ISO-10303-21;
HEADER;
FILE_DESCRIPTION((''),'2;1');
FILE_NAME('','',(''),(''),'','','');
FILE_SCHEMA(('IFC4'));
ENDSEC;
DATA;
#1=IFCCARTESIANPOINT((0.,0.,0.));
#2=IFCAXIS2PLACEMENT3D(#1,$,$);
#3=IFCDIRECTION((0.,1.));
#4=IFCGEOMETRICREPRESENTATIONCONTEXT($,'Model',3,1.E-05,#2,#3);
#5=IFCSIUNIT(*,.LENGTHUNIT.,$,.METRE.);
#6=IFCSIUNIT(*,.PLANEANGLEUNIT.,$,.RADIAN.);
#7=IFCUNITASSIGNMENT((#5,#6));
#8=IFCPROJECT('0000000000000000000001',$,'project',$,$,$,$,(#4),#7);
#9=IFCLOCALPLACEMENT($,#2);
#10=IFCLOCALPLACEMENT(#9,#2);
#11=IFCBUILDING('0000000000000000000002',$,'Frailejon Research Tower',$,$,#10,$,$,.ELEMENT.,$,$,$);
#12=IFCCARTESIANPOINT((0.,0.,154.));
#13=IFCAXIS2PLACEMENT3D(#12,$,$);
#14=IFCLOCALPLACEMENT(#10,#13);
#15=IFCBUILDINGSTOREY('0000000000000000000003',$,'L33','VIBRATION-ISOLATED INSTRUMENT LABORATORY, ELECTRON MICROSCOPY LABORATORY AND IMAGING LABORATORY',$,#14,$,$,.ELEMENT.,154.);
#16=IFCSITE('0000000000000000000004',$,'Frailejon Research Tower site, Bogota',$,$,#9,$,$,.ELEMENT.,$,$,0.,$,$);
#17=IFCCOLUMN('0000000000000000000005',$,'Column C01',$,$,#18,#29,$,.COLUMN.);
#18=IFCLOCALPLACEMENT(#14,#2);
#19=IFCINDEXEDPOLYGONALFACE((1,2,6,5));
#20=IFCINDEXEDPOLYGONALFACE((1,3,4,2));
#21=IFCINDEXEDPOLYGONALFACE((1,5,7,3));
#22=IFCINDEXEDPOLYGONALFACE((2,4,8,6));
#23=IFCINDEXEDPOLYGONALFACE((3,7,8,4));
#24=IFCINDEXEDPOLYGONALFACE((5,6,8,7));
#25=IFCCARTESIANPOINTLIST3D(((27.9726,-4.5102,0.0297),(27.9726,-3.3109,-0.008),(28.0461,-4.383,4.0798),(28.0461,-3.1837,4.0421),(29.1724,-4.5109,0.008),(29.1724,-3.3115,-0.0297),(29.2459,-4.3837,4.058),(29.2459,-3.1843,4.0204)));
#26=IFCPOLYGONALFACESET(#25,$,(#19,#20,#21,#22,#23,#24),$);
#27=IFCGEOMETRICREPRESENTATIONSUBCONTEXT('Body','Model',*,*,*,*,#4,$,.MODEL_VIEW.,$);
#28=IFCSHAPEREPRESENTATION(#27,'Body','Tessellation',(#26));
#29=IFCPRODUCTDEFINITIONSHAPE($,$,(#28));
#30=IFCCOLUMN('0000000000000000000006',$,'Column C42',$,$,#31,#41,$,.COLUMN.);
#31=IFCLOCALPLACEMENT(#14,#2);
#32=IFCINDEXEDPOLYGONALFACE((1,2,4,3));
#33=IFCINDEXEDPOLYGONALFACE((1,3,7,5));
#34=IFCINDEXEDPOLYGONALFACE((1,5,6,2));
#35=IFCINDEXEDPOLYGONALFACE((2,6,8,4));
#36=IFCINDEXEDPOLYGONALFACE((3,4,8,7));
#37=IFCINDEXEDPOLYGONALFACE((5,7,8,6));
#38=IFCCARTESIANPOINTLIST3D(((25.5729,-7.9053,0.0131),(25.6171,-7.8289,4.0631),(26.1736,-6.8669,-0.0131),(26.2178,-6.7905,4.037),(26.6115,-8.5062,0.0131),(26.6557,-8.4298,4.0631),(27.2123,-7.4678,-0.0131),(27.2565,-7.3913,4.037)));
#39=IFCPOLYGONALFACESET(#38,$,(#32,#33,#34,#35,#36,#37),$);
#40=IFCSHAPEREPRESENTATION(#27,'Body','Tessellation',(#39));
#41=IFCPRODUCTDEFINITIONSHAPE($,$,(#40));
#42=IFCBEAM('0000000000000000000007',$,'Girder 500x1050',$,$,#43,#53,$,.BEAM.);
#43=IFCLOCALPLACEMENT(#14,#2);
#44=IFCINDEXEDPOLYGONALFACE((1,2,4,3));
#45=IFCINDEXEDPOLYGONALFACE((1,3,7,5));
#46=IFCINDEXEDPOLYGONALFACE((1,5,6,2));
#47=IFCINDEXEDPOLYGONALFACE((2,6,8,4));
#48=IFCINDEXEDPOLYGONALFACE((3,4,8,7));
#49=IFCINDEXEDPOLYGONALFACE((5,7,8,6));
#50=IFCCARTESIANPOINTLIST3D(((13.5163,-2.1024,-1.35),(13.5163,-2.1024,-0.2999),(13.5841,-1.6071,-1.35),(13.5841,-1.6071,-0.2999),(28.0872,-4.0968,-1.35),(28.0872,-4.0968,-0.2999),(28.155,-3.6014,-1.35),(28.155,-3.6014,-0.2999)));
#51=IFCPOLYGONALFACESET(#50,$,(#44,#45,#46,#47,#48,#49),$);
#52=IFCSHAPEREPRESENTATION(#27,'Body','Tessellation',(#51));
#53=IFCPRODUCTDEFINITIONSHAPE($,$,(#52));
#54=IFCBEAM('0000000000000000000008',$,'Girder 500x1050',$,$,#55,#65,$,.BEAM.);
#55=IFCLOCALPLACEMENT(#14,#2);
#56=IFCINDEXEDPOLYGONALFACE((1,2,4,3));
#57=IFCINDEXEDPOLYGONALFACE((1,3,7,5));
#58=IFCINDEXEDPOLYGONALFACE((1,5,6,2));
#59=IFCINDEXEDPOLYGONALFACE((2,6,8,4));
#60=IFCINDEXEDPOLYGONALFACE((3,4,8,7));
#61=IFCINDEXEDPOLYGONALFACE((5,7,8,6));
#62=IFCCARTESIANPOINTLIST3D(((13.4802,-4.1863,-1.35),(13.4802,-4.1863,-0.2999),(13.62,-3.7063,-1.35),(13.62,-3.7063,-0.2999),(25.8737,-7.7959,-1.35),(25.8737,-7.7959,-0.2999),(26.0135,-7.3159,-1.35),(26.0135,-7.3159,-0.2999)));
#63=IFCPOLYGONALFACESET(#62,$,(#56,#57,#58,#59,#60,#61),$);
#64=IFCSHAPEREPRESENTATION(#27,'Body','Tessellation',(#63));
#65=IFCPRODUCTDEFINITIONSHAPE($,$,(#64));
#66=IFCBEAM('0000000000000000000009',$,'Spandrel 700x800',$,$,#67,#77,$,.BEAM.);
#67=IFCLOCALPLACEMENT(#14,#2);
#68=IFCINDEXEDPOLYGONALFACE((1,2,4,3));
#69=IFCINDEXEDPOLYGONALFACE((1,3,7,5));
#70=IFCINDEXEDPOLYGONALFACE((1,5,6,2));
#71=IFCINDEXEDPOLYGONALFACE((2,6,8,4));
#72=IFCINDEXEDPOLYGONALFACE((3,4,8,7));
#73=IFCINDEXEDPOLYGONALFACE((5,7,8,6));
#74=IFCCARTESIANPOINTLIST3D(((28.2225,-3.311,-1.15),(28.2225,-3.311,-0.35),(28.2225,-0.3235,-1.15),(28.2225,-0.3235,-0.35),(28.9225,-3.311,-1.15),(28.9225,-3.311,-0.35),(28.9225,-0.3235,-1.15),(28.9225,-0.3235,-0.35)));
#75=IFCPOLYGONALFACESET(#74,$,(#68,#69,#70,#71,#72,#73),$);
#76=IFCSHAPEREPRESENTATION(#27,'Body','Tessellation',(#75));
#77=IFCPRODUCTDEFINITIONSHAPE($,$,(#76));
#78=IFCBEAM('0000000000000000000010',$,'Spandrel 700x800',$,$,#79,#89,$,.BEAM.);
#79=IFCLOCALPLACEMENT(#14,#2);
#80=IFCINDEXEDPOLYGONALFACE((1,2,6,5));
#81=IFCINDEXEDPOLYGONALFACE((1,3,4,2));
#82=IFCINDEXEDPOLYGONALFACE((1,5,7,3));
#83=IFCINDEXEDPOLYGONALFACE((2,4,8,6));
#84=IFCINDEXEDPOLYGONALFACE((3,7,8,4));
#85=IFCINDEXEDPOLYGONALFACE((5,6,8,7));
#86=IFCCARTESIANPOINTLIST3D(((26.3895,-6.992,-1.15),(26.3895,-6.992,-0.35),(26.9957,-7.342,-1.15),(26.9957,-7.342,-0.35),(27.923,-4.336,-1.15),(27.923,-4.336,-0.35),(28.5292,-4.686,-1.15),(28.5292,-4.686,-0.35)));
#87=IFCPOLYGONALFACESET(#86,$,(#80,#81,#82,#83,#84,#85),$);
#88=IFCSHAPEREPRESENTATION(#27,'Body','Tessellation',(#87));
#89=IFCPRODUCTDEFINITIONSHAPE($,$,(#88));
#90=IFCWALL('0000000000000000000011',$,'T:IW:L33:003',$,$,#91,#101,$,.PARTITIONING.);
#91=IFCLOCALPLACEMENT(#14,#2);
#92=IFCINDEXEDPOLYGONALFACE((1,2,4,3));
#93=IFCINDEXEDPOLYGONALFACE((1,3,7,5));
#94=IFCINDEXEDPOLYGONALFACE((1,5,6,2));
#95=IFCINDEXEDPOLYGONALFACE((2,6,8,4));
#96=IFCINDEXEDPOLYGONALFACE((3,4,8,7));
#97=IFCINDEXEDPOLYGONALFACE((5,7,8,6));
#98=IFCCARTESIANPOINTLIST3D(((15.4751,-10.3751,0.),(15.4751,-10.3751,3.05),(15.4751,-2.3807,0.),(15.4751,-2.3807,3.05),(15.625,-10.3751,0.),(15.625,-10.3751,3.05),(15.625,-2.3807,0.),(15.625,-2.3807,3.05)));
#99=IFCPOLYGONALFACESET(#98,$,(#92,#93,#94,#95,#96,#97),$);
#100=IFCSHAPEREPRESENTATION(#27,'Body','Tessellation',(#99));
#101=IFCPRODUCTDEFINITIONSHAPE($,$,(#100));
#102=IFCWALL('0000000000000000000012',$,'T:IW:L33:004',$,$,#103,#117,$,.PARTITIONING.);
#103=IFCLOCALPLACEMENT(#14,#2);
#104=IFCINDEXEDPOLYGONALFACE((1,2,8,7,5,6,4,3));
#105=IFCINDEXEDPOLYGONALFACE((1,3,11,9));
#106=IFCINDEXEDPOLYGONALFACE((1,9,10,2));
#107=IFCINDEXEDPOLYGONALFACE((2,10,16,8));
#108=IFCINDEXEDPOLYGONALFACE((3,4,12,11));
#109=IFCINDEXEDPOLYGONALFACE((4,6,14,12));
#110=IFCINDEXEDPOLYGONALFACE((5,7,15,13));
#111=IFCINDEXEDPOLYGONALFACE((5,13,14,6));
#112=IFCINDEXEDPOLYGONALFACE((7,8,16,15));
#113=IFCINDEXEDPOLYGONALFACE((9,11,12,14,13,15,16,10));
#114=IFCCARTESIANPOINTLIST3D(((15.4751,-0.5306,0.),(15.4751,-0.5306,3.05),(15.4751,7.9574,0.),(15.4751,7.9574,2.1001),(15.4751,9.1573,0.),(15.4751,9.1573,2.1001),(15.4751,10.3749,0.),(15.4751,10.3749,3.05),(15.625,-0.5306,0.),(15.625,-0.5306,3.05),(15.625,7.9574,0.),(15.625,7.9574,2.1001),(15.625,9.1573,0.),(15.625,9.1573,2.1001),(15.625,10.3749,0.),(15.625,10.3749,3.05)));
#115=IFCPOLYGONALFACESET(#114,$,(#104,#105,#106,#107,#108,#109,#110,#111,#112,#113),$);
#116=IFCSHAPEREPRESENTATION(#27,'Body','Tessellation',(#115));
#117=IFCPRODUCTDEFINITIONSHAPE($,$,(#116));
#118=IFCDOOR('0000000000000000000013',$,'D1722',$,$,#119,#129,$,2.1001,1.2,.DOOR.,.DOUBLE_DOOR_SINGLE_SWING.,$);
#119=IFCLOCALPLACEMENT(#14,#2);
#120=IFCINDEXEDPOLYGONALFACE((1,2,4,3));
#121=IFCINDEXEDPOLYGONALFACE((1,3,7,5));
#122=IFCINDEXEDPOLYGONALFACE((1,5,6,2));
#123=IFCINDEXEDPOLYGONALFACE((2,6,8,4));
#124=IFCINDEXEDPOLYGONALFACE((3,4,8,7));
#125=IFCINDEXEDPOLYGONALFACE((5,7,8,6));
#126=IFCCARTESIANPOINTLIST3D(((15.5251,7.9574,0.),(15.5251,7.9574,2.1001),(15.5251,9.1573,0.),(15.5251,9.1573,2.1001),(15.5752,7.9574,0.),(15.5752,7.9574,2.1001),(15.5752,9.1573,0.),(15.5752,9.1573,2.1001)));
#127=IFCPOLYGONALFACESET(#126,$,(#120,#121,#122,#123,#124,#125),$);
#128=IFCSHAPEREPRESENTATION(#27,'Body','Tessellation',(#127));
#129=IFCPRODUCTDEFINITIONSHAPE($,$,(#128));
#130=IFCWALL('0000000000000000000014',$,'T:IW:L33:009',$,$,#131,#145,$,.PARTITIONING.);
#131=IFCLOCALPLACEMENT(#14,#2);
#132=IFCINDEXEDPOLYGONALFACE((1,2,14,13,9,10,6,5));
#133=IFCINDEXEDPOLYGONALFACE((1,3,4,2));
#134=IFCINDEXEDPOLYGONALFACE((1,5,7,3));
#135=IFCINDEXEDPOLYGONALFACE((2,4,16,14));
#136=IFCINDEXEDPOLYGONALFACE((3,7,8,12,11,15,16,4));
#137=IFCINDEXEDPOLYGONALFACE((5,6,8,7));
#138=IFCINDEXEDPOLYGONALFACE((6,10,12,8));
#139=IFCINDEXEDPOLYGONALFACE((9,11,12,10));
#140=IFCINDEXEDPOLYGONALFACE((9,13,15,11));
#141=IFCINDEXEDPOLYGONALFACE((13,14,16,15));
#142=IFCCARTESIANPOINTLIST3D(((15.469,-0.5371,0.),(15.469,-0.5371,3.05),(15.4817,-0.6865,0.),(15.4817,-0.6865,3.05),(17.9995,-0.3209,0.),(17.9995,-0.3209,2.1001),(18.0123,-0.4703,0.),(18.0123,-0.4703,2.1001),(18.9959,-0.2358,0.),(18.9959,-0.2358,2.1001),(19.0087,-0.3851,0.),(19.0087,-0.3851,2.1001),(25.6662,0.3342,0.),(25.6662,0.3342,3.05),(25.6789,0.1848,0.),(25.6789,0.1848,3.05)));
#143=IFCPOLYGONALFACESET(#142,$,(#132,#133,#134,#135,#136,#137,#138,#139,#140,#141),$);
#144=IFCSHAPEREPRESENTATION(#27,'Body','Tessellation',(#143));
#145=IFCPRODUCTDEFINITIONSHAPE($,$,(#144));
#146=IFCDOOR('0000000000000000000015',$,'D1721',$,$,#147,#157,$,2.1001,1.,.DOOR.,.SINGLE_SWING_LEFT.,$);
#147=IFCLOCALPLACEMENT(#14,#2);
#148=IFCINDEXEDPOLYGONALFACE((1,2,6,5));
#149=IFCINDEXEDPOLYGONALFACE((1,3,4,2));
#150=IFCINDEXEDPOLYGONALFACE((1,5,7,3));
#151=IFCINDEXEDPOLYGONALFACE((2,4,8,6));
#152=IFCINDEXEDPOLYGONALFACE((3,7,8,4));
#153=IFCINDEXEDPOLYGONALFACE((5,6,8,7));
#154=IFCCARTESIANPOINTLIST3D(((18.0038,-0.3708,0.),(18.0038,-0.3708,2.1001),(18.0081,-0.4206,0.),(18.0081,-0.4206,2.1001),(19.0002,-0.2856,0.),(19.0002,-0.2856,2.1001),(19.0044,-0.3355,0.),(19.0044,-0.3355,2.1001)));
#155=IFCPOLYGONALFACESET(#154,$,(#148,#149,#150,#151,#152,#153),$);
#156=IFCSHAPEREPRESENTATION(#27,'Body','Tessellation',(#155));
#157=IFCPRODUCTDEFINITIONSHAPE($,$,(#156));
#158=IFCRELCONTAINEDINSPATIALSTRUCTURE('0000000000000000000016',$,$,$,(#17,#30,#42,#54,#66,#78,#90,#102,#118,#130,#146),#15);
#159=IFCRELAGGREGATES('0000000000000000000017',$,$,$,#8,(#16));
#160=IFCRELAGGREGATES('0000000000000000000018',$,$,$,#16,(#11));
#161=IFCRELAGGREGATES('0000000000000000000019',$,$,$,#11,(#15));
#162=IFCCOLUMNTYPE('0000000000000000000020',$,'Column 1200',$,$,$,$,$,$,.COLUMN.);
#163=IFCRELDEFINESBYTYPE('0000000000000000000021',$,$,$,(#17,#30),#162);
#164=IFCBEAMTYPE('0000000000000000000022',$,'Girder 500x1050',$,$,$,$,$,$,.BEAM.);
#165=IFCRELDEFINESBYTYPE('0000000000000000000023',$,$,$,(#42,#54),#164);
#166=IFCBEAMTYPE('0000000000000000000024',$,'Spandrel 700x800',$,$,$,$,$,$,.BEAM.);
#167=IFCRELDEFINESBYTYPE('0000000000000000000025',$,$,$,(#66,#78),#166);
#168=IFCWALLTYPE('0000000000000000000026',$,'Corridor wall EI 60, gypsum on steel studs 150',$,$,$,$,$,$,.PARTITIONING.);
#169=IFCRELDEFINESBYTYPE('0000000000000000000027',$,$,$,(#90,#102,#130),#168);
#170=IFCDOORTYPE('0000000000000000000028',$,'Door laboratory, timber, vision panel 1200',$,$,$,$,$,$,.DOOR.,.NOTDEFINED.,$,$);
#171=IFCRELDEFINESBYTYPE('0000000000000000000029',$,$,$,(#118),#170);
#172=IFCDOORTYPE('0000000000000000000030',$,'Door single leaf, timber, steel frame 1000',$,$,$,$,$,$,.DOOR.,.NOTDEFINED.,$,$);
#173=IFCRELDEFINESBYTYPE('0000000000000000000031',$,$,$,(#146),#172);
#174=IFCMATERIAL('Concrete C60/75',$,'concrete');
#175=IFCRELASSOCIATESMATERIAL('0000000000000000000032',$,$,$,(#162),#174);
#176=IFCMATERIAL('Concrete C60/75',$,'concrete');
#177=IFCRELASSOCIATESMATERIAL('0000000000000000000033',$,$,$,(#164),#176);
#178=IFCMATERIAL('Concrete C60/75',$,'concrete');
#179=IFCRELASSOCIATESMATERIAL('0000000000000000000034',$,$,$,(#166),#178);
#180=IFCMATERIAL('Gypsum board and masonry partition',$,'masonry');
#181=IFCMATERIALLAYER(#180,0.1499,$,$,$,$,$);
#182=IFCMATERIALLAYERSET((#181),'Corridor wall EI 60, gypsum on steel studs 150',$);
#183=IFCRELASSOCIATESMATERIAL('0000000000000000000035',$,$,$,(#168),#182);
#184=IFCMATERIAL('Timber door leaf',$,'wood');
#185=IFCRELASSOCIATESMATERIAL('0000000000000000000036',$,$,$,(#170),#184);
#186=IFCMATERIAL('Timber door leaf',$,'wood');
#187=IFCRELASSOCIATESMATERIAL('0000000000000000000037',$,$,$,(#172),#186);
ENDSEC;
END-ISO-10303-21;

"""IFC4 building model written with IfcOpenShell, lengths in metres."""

from ifc_helpers import new_model, si_unit, direction, frame, frame_2d, origin, origin_2d, place, context, subcontext, project, spatial, rectangle, extrude, material, layer, layer_set, material_profile, profile_set, type_object, element, fill, save


model = new_model("IFC4")

# Units and contexts
model_context = context("Model", 3, precision=1e-05, world=origin(), true_north=direction((0.0, 1.0)))
body_context = subcontext(model_context, "Body", "Model", "MODEL_VIEW")
ifc_project = project(units=[si_unit("LENGTHUNIT", "METRE"), si_unit("PLANEANGLEUNIT", "RADIAN")], contexts=[model_context])

# Site, building, storey
site_placement = place(None, origin())
site = spatial("IfcSite", under=ifc_project, at=site_placement, Name="Frailejon Research Tower site, Bogota", CompositionType="ELEMENT", RefElevation=0.0)
building_placement = place(site_placement, origin())
building = spatial("IfcBuilding", under=site, at=building_placement, Name="Frailejon Research Tower", CompositionType="ELEMENT")
storey_placement = place(building_placement, frame((0.0, 0.0, 154.0)))
storey = spatial("IfcBuildingStorey", under=building, at=storey_placement, Name="L33", Description="VIBRATION-ISOLATED INSTRUMENT LABORATORY, ELECTRON MICROSCOPY LABORATORY AND IMAGING LABORATORY", CompositionType="ELEMENT", Elevation=154.0)

# Columns
ifc_material_1 = material(Name="Concrete C60/75", Category="concrete")
ifc_material_profile_1 = material_profile(ifc_material_1, rectangle(XDim=1.2, YDim=1.2, at=origin_2d()), Name="Column 1200")
ifc_profile_set_1 = profile_set([ifc_material_profile_1], Name="Concrete C60/75")
column_type = type_object("IfcColumnType", Name="Column 1200", PredefinedType="COLUMN", material=ifc_profile_set_1)
column_1_placement = place(storey_placement, frame((28.5725, -3.9109, 0.0), z_axis=(0.018133, 0.031386, 0.999343), x_axis=(-0.000022, 0.999507, -0.03139)))
element("IfcColumn", 1, at=column_1_placement, inside=storey, type_object=column_type, Name="Column C01", PredefinedType="COLUMN", context=body_context, shape_type="SweptSolid", body=[
    extrude(rectangle(XDim=1.2, YDim=1.2, at=origin_2d()), origin(), (0.0, 0.0, 1.0), 4.0527),
])
column_2_placement = place(storey_placement, frame((26.3926, -7.6865, 0.0), z_axis=(0.010908, 0.018863, 0.999763), x_axis=(0.500638, 0.865382, -0.02179)))
element("IfcColumn", 2, at=column_2_placement, inside=storey, type_object=column_type, Name="Column C42", PredefinedType="COLUMN", context=body_context, shape_type="SweptSolid", body=[
    extrude(rectangle(XDim=1.2, YDim=1.2, at=origin_2d()), origin(), (0.0, 0.0, 1.0), 4.051),
])

# Beams
ifc_material_2 = material(Name="Concrete C60/75", Category="concrete")
ifc_material_profile_2 = material_profile(ifc_material_2, rectangle(XDim=0.5, YDim=1.05, at=origin_2d()), Name="Girder 500x1050")
ifc_profile_set_2 = profile_set([ifc_material_profile_2], Name="Concrete C60/75")
beam_type_1 = type_object("IfcBeamType", Name="Girder 500x1050", PredefinedType="BEAM", material=ifc_profile_set_2)
beam_1_placement = place(storey_placement, frame((28.1211, -3.8491, -0.825), z_axis=(-0.990762, 0.135609, 0.0), x_axis=(-0.135609, -0.990762, 0.0)))
element("IfcBeam", 3, at=beam_1_placement, inside=storey, type_object=beam_type_1, Name="Girder 500x1050", PredefinedType="BEAM", context=body_context, shape_type="SweptSolid", body=[
    extrude(rectangle(XDim=0.5, YDim=1.05, at=origin_2d()), origin(), (0.0, 0.0, 1.0), 14.7068),
])
beam_2_placement = place(storey_placement, frame((25.9436, -7.5559, -0.825), z_axis=(-0.960108, 0.279631, 0.0), x_axis=(-0.279631, -0.960108, 0.0)))
element("IfcBeam", 4, at=beam_2_placement, inside=storey, type_object=beam_type_1, Name="Girder 500x1050", PredefinedType="BEAM", context=body_context, shape_type="SweptSolid", body=[
    extrude(rectangle(XDim=0.5, YDim=1.05, at=origin_2d()), origin(), (0.0, 0.0, 1.0), 12.9084),
])
ifc_material_3 = material(Name="Concrete C60/75", Category="concrete")
ifc_material_profile_3 = material_profile(ifc_material_3, rectangle(XDim=0.7, YDim=0.8, at=origin_2d()), Name="Spandrel 700x800")
ifc_profile_set_3 = profile_set([ifc_material_profile_3], Name="Concrete C60/75")
beam_type_2 = type_object("IfcBeamType", Name="Spandrel 700x800", PredefinedType="BEAM", material=ifc_profile_set_3)
beam_3_placement = place(storey_placement, frame((28.5725, -3.311, -0.75), z_axis=(0.0, 1.0, 0.0), x_axis=(-1.0, 0.0, 0.0)))
element("IfcBeam", 5, at=beam_3_placement, inside=storey, type_object=beam_type_2, Name="Spandrel 700x800", PredefinedType="BEAM", context=body_context, shape_type="SweptSolid", body=[
    extrude(rectangle(XDim=0.7, YDim=0.8, at=origin_2d()), origin(), (0.0, 0.0, 1.0), 2.9875),
])
beam_4_placement = place(storey_placement, frame((26.6926, -7.167, -0.75), z_axis=(0.5, 0.866025, 0.0), x_axis=(-0.866025, 0.5, 0.0)))
element("IfcBeam", 6, at=beam_4_placement, inside=storey, type_object=beam_type_2, Name="Spandrel 700x800", PredefinedType="BEAM", context=body_context, shape_type="SweptSolid", body=[
    extrude(rectangle(XDim=0.7, YDim=0.8, at=origin_2d()), origin(), (0.0, 0.0, 1.0), 3.0669),
])

# Wall
ifc_material_4 = material(Name="Gypsum board and masonry partition", Category="masonry")
ifc_layer_1 = layer(ifc_material_4, 0.1499)
ifc_layer_set_1 = layer_set([ifc_layer_1], Name="Corridor wall EI 60, gypsum on steel studs 150")
wall_type_1 = type_object("IfcWallType", Name="Corridor wall EI 60, gypsum on steel studs 150", PredefinedType="PARTITIONING", material=ifc_layer_set_1)
wall_1_placement = place(storey_placement, frame((15.55, -10.375, 0.0), z_axis=(0.0, 0.0, 1.0), x_axis=(0.0, 1.0, 0.0)))
element("IfcWall", 7, at=wall_1_placement, inside=storey, type_object=wall_type_1, Name="T:IW:L33:003", PredefinedType="PARTITIONING", context=body_context, shape_type="SweptSolid", body=[
    extrude(rectangle(XDim=7.9944, YDim=0.1499, at=frame_2d((3.9971, 0.0))), origin(), (0.0, 0.0, 1.0), 3.05),
])

# Walls, openings, doors
wall_2_placement = place(storey_placement, frame((15.55, -0.5305, 0.0), z_axis=(0.0, 0.0, 1.0), x_axis=(0.0, 1.0, 0.0)))
wall_2 = element("IfcWall", 8, at=wall_2_placement, inside=storey, type_object=wall_type_1, Name="T:IW:L33:004", PredefinedType="PARTITIONING", context=body_context, shape_type="SweptSolid", body=[
    extrude(rectangle(XDim=10.9055, YDim=0.1499, at=frame_2d((5.4526, 0.0))), origin(), (0.0, 0.0, 1.0), 3.05),
])
opening_1_placement = place(wall_2_placement, frame((8.4878, 0.0, 0.0)))
opening_1 = element("IfcOpeningElement", 9, at=opening_1_placement, cuts=wall_2, PredefinedType="OPENING", context=body_context, shape_type="SweptSolid", body=[
    extrude(rectangle(XDim=1.2, YDim=2.1001, at=frame_2d((0.6001, 1.05))), frame((0.0, 0.085, 0.0), z_axis=(0.0, -1.0, 0.0), x_axis=(1.0, 0.0, 0.0)), (0.0, 0.0, 1.0), 0.1699),
])
ifc_material_5 = material(Name="Timber door leaf", Category="wood")
door_type_1 = type_object("IfcDoorType", Name="Door laboratory, timber, vision panel 1200", OperationType="NOTDEFINED", PredefinedType="DOOR", material=ifc_material_5)
door_1_placement = place(opening_1_placement, origin())
door_1 = element("IfcDoor", 10, at=door_1_placement, inside=storey, type_object=door_type_1, Name="D1722", OperationType="DOUBLE_DOOR_SINGLE_SWING", OverallHeight=2.1001, OverallWidth=1.2, PredefinedType="DOOR", context=body_context, shape_type="SweptSolid", body=[
    extrude(rectangle(XDim=1.2, YDim=2.1001, at=frame_2d((0.6001, 1.05))), frame((0.0, 0.0249, 0.0), z_axis=(0.0, -1.0, 0.0), x_axis=(1.0, 0.0, 0.0)), (0.0, 0.0, 1.0), 0.05),
])
fill(opening_1, door_1)
wall_3_placement = place(storey_placement, frame((15.4753, -0.6118, 0.0), z_axis=(0.0, 0.0, 1.0), x_axis=(0.996369, 0.085138, 0.0)))
wall_3 = element("IfcWall", 11, at=wall_3_placement, inside=storey, type_object=wall_type_1, Name="T:IW:L33:009", PredefinedType="PARTITIONING", context=body_context, shape_type="SweptSolid", body=[
    extrude(rectangle(XDim=10.2344, YDim=0.1499, at=frame_2d((5.1172, 0.0))), origin(), (0.0, 0.0, 1.0), 3.05),
])
opening_2_placement = place(wall_3_placement, frame((2.5398, 0.0, 0.0)))
opening_2 = element("IfcOpeningElement", 12, at=opening_2_placement, cuts=wall_3, PredefinedType="OPENING", context=body_context, shape_type="SweptSolid", body=[
    extrude(rectangle(XDim=1.0, YDim=2.1001, at=frame_2d((0.5, 1.05))), frame((0.0, 0.085, 0.0), z_axis=(0.0, -1.0, 0.0), x_axis=(1.0, 0.0, 0.0)), (0.0, 0.0, 1.0), 0.1699),
])
ifc_material_6 = material(Name="Timber door leaf", Category="wood")
door_type_2 = type_object("IfcDoorType", Name="Door single leaf, timber, steel frame 1000", OperationType="NOTDEFINED", PredefinedType="DOOR", material=ifc_material_6)
door_2_placement = place(opening_2_placement, origin())
door_2 = element("IfcDoor", 13, at=door_2_placement, inside=storey, type_object=door_type_2, Name="D1721", OperationType="SINGLE_SWING_LEFT", OverallHeight=2.1001, OverallWidth=1.0, PredefinedType="DOOR", context=body_context, shape_type="SweptSolid", body=[
    extrude(rectangle(XDim=1.0, YDim=2.1001, at=frame_2d((0.5, 1.05))), frame((0.0, 0.0249, 0.0), z_axis=(0.0, -1.0, 0.0), x_axis=(1.0, 0.0, 0.0)), (0.0, 0.0, 1.0), 0.05),
])
fill(opening_2, door_2)

save(model, "model.ifc")
